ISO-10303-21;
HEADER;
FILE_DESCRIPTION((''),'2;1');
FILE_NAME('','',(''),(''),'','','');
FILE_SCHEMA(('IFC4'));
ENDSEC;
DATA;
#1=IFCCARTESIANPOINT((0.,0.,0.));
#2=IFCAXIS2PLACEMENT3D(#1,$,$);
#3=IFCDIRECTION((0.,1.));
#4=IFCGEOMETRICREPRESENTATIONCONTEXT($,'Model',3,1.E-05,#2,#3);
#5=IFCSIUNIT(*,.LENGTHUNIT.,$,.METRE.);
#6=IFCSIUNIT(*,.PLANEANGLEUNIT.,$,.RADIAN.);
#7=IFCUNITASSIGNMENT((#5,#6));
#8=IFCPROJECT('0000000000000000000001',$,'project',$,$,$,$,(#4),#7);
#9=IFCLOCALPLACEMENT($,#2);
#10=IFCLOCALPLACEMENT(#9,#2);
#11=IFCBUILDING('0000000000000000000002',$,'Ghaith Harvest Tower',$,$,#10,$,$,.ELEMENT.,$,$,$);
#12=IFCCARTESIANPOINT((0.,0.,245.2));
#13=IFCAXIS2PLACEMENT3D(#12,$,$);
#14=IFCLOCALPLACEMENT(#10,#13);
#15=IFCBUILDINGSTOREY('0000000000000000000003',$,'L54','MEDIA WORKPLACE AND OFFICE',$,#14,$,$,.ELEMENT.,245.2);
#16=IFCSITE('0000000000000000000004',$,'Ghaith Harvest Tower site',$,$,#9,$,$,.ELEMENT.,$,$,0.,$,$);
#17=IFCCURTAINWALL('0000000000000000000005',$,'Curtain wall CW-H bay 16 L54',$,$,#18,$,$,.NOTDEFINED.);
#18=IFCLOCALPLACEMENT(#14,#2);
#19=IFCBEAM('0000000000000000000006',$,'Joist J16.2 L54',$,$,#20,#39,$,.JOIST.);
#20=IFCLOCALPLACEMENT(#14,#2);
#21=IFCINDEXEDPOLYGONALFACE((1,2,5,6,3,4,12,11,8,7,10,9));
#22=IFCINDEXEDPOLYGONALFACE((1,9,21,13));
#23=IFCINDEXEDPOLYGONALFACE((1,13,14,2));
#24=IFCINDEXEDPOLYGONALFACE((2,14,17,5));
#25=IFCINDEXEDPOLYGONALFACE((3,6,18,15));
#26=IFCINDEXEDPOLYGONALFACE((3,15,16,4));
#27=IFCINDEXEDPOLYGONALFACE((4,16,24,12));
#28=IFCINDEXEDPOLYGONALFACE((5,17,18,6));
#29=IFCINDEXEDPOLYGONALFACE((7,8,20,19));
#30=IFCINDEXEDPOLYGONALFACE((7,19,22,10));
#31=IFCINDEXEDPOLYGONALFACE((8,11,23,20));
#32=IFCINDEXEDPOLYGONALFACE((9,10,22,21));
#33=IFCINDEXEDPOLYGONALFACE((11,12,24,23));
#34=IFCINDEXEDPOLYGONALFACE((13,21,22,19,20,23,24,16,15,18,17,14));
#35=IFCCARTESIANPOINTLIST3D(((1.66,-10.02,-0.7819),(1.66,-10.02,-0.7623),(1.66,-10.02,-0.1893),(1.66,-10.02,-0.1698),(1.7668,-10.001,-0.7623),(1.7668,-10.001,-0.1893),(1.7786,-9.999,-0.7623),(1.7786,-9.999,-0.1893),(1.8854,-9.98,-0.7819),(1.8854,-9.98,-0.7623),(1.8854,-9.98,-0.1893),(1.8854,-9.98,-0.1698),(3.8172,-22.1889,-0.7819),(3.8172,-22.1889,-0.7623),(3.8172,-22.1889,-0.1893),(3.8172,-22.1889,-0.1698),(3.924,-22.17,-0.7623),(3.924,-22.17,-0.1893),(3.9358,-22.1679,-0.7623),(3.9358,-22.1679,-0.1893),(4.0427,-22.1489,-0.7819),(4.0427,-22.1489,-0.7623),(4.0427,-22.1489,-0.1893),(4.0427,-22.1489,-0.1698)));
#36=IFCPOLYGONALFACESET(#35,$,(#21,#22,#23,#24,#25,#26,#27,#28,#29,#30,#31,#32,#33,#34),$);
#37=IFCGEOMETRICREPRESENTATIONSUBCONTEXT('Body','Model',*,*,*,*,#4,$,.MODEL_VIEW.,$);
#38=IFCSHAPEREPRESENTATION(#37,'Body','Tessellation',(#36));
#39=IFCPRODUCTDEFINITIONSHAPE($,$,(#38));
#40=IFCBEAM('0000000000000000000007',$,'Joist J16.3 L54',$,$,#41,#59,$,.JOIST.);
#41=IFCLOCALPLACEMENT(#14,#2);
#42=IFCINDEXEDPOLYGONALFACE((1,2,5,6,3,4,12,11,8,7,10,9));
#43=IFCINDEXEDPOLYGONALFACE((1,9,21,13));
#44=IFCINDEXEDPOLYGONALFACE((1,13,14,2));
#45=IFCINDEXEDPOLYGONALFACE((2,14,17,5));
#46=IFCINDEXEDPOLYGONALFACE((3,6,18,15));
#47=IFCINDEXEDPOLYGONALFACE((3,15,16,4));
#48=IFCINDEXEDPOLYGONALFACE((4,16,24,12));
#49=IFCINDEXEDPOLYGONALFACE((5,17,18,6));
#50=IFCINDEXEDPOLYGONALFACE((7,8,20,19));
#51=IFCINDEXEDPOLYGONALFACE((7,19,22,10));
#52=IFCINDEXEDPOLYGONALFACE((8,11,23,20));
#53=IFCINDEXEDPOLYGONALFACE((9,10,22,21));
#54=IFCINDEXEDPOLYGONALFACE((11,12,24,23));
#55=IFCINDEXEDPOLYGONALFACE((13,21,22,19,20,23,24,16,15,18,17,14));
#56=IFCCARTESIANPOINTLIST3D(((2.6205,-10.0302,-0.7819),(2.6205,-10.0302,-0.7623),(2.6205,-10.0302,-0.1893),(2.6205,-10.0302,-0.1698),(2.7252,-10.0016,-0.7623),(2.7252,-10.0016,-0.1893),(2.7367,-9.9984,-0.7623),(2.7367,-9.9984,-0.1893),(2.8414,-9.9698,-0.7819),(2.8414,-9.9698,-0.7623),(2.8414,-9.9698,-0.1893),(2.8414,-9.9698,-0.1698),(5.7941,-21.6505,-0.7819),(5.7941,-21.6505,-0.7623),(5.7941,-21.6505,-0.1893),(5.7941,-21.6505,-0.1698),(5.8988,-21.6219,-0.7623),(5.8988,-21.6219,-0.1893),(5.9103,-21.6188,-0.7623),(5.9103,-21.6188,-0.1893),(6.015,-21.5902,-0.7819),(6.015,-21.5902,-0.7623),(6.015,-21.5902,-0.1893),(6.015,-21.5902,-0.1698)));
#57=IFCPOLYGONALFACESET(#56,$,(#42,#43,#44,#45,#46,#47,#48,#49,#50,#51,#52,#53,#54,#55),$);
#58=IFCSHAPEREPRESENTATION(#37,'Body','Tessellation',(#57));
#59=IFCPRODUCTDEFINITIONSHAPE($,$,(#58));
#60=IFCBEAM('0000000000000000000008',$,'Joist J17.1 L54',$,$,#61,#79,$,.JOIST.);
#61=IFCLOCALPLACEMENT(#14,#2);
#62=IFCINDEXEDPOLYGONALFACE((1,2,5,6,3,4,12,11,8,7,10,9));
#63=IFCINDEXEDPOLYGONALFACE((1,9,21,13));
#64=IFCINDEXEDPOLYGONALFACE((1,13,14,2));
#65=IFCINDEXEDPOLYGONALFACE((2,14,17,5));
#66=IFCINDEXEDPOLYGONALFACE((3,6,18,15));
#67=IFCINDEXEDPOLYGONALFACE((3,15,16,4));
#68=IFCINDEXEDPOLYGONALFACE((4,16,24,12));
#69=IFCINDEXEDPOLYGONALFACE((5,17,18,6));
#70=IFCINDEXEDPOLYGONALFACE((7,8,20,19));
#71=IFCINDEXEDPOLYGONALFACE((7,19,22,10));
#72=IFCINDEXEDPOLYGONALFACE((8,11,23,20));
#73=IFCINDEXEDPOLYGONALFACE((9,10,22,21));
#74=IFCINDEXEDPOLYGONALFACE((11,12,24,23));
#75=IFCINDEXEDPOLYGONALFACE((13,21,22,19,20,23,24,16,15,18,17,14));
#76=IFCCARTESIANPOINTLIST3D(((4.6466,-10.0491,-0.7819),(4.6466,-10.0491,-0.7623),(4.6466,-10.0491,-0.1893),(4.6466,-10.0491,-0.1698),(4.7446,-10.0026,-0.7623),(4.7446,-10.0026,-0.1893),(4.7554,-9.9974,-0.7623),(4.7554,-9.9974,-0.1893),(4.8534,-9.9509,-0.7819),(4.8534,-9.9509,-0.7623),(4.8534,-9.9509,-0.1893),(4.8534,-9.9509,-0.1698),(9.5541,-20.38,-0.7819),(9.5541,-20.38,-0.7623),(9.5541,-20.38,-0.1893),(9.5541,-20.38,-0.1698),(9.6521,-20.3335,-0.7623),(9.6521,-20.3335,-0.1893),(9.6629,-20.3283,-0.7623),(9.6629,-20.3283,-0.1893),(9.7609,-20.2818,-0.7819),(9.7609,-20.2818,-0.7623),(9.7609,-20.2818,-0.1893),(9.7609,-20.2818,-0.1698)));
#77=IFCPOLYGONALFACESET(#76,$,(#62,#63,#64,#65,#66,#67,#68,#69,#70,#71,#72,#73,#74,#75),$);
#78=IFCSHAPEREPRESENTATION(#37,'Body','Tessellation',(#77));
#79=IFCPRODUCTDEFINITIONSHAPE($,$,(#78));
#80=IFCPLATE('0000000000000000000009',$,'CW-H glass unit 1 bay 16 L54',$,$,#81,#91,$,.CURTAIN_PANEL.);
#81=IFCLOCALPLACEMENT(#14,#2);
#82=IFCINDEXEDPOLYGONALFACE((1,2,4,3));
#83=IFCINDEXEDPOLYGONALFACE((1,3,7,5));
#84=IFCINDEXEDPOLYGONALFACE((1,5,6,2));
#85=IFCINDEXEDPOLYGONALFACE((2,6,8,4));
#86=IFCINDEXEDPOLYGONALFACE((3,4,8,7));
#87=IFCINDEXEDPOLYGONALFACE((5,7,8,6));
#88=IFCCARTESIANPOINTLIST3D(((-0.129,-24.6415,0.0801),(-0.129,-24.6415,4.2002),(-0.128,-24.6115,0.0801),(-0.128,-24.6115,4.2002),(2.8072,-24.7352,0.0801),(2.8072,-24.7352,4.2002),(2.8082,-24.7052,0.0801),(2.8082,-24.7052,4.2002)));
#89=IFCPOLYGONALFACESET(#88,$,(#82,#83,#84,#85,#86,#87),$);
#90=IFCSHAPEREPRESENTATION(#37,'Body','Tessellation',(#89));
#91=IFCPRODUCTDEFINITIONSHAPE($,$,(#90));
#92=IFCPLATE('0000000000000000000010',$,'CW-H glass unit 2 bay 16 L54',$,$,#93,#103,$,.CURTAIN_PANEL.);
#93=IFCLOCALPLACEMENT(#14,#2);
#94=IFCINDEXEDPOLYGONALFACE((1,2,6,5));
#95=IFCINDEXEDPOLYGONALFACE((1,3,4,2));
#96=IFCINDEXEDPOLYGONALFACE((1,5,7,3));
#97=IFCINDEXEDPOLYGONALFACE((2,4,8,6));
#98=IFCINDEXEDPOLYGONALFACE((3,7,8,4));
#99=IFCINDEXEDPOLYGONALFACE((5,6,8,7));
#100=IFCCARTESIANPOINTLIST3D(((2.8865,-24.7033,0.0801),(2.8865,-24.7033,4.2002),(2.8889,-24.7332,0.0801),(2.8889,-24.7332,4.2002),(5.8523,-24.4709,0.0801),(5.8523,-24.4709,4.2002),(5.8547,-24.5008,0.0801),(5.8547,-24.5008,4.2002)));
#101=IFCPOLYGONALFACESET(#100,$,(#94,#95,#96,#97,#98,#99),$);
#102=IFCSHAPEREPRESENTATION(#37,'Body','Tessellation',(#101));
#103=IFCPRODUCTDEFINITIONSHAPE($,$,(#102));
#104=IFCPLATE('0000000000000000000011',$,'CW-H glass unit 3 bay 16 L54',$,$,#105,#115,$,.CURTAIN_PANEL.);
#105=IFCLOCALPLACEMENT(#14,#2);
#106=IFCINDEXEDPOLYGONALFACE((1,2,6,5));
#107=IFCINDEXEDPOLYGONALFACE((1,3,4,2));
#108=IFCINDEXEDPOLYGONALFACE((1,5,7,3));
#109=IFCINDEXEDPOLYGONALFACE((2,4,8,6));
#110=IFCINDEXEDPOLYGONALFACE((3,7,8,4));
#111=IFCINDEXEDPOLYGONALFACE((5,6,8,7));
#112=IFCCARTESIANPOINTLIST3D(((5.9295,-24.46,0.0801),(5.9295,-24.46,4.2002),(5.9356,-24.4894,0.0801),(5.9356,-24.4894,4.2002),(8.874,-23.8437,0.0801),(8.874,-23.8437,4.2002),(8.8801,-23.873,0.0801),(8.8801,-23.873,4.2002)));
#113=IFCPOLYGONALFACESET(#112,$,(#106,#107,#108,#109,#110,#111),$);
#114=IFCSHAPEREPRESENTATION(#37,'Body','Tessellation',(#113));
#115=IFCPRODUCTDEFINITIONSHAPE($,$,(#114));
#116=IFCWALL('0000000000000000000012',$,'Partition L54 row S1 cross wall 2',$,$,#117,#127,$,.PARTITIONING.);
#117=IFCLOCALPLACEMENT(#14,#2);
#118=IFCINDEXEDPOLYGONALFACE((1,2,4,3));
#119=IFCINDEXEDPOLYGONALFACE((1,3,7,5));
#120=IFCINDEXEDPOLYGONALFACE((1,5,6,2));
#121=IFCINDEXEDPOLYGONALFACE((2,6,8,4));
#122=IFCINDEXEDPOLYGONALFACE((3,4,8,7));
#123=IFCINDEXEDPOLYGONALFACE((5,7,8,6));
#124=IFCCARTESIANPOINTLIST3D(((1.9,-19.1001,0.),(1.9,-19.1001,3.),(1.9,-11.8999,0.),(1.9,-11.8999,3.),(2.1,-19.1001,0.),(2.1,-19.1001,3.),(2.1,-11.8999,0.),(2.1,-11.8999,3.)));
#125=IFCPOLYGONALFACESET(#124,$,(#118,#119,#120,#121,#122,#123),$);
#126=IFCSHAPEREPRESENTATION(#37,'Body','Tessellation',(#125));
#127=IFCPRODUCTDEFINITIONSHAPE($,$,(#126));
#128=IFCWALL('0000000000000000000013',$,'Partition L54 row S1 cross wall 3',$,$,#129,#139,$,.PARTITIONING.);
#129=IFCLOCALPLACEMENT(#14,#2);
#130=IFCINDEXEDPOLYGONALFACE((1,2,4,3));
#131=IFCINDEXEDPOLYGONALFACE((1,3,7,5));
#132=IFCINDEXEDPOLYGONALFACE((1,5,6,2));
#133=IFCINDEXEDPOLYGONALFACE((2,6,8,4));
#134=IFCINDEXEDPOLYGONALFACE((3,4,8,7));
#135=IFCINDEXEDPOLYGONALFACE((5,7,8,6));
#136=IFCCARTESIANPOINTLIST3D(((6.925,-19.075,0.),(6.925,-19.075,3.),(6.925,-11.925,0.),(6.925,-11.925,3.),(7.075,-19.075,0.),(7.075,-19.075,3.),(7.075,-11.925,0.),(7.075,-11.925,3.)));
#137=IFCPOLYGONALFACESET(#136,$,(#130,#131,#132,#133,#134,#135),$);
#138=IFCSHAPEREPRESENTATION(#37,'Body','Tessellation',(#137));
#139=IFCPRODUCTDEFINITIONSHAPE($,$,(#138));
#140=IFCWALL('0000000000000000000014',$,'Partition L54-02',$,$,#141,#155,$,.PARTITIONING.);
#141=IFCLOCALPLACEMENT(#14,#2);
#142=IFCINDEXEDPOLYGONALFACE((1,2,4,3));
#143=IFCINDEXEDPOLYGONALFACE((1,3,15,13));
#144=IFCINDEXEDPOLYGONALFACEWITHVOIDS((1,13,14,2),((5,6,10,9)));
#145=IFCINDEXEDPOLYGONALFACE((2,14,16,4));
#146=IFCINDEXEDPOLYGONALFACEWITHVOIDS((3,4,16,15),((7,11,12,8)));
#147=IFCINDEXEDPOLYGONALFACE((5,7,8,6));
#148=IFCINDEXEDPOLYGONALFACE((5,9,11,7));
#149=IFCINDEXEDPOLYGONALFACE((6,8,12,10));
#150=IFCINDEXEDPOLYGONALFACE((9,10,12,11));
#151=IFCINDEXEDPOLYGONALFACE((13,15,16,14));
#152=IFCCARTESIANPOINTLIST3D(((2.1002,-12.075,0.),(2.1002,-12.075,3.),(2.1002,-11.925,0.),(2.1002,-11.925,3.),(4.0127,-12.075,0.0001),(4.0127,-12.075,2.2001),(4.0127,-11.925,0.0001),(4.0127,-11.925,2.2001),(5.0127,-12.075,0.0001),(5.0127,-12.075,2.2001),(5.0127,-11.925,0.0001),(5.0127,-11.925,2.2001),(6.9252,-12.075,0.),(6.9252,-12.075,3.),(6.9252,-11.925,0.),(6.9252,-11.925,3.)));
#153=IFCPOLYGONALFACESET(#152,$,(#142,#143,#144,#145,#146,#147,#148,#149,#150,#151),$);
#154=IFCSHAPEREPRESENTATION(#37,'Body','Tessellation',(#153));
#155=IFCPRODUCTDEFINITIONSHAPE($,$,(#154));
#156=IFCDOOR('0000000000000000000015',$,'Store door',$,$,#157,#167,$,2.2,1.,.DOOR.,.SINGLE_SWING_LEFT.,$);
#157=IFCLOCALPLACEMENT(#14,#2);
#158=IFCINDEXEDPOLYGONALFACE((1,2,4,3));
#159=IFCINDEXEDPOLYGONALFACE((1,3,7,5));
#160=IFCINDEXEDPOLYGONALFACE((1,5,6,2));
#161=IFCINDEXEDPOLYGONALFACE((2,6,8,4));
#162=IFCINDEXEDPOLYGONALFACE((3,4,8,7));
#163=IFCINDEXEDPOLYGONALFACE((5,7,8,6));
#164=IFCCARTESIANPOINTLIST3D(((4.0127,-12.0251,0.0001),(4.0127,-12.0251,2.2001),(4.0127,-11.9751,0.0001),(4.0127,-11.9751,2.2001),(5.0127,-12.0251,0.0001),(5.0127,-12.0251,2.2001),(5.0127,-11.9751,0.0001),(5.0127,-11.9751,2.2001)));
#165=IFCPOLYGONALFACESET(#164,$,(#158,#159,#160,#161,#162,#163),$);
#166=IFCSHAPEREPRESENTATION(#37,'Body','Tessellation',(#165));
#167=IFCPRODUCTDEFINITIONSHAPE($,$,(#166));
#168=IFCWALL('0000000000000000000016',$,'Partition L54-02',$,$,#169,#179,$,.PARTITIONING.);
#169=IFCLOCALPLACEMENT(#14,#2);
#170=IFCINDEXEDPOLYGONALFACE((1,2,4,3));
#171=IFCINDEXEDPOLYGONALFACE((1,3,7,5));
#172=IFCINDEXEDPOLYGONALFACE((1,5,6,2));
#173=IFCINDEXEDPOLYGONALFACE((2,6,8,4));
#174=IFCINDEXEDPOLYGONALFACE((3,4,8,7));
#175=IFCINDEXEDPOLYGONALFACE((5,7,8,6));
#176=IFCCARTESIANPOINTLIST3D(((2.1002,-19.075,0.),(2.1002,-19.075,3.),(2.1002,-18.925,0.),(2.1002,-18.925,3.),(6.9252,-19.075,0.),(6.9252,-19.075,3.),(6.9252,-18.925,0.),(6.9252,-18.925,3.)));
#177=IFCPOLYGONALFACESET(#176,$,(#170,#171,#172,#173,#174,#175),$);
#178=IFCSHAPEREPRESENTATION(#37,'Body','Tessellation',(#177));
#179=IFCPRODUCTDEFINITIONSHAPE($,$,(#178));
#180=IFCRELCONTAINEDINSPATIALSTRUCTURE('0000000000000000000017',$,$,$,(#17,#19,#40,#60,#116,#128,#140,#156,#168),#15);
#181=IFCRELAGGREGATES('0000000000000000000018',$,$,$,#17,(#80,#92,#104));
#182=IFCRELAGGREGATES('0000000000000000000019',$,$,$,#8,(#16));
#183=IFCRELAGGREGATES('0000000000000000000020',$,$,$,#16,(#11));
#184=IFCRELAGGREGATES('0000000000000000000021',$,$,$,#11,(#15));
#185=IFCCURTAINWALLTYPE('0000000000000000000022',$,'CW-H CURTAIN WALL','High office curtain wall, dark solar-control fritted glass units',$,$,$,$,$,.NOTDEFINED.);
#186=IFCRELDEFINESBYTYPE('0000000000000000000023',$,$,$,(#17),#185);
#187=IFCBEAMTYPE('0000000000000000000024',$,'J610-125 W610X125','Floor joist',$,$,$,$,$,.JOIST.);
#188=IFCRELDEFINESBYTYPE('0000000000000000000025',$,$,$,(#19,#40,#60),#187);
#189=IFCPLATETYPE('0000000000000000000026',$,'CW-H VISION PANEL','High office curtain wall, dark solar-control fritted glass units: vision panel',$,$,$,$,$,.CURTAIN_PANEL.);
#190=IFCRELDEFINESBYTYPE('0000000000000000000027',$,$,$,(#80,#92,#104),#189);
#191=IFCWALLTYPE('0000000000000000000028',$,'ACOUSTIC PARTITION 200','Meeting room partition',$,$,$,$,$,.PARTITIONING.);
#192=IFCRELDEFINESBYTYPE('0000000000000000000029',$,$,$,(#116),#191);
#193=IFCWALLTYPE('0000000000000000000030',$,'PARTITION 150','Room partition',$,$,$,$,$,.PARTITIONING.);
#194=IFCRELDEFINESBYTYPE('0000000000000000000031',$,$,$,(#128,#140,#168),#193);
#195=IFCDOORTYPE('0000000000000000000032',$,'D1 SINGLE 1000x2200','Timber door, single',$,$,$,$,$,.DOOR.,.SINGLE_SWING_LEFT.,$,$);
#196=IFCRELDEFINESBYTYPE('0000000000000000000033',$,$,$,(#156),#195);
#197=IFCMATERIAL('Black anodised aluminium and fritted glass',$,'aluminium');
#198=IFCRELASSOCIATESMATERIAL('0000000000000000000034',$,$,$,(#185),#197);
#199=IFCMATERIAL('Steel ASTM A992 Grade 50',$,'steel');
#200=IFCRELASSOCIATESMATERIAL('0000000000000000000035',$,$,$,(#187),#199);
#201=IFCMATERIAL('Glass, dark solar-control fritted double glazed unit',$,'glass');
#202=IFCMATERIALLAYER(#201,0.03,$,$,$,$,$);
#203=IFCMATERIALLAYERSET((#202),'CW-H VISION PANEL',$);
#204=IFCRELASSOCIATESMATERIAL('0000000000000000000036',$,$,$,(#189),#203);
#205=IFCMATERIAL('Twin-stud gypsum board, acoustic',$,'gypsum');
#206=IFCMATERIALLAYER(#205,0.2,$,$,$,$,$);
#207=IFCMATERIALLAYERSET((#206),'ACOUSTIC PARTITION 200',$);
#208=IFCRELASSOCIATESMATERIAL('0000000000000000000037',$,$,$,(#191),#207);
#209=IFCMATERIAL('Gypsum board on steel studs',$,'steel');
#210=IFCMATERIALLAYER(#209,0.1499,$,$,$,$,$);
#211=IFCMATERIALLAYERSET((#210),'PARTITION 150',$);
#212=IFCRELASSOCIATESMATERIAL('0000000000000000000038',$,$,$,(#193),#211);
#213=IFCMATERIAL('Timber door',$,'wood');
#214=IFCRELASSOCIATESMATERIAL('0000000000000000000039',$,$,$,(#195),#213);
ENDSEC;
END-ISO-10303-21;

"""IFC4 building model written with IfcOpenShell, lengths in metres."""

from ifc_helpers import new_model, si_unit, direction, frame, frame_2d, origin, origin_2d, place, context, subcontext, project, spatial, rectangle, i_section, extrude, material, layer, layer_set, material_profile, profile_set, type_object, element, fill, aggregate, save


model = new_model("IFC4")

# Units and contexts
model_context = context("Model", 3, precision=1e-05, world=origin(), true_north=direction((0.0, 1.0)))
body_context = subcontext(model_context, "Body", "Model", "MODEL_VIEW")
ifc_project = project(units=[si_unit("LENGTHUNIT", "METRE"), si_unit("PLANEANGLEUNIT", "RADIAN")], contexts=[model_context])

# Site, building, storey
site_placement = place(None, origin())
site = spatial("IfcSite", under=ifc_project, at=site_placement, Name="Ghaith Harvest Tower site", CompositionType="ELEMENT", RefElevation=0.0)
building_placement = place(site_placement, origin())
building = spatial("IfcBuilding", under=site, at=building_placement, Name="Ghaith Harvest Tower", CompositionType="ELEMENT")
storey_placement = place(building_placement, frame((0.0, 0.0, 245.2)))
storey = spatial("IfcBuildingStorey", under=building, at=storey_placement, Name="L54", Description="MEDIA WORKPLACE AND OFFICE", CompositionType="ELEMENT", Elevation=245.2)

# Curtain wall
ifc_material_1 = material(Name="Black anodised aluminium and fritted glass", Category="aluminium")
curtain_wall_type = type_object("IfcCurtainWallType", Name="CW-H CURTAIN WALL", Description="High office curtain wall, dark solar-control fritted glass units", PredefinedType="NOTDEFINED", material=ifc_material_1)
curtain_wall_1_placement = place(storey_placement, origin())
curtain_wall_1 = element("IfcCurtainWall", 1, at=curtain_wall_1_placement, inside=storey, type_object=curtain_wall_type, Name="Curtain wall CW-H bay 16 L54", PredefinedType="NOTDEFINED")

# Beams
ifc_material_2 = material(Name="Steel ASTM A992 Grade 50", Category="steel")
ifc_material_profile_1 = material_profile(ifc_material_2, i_section(OverallWidth=0.229, OverallDepth=0.6121, WebThickness=0.012, FlangeThickness=0.0195, at=origin_2d()), Name="W610X125")
ifc_profile_set_1 = profile_set([ifc_material_profile_1], Name="Steel ASTM A992 Grade 50")
beam_type_1 = type_object("IfcBeamType", Name="J610-125 W610X125", Description="Floor joist", PredefinedType="JOIST", material=ifc_profile_set_1)
beam_1_placement = place(storey_placement, frame((1.7727, -10.0, -0.4758), z_axis=(0.174552, -0.984648, 0.0), x_axis=(0.984648, 0.174552, 0.0)))
element("IfcBeam", 2, at=beam_1_placement, inside=storey, type_object=beam_type_1, Name="Joist J16.2 L54", PredefinedType="JOIST", context=body_context, shape_type="SweptSolid", body=[
    extrude(i_section(OverallWidth=0.229, OverallDepth=0.6121, WebThickness=0.012, FlangeThickness=0.0195, at=origin_2d()), origin(), (0.0, 0.0, 1.0), 12.3586),
])
beam_2_placement = place(storey_placement, frame((2.731, -10.0, -0.4758), z_axis=(0.263457, -0.964671, 0.0), x_axis=(0.964671, 0.263457, 0.0)))
element("IfcBeam", 3, at=beam_2_placement, inside=storey, type_object=beam_type_1, Name="Joist J16.3 L54", PredefinedType="JOIST", context=body_context, shape_type="SweptSolid", body=[
    extrude(i_section(OverallWidth=0.229, OverallDepth=0.6121, WebThickness=0.012, FlangeThickness=0.0195, at=origin_2d()), origin(), (0.0, 0.0, 1.0), 12.0459),
])
beam_3_placement = place(storey_placement, frame((4.75, -10.0, -0.4758), z_axis=(0.429081, -0.903266, 0.0), x_axis=(0.903266, 0.429081, 0.0)))
element("IfcBeam", 4, at=beam_3_placement, inside=storey, type_object=beam_type_1, Name="Joist J17.1 L54", PredefinedType="JOIST", context=body_context, shape_type="SweptSolid", body=[
    extrude(i_section(OverallWidth=0.229, OverallDepth=0.6121, WebThickness=0.012, FlangeThickness=0.0195, at=origin_2d()), origin(), (0.0, 0.0, 1.0), 11.4373),
])

# Plates
ifc_material_3 = material(Name="Glass, dark solar-control fritted double glazed unit", Category="glass")
ifc_layer_1 = layer(ifc_material_3, 0.03)
ifc_layer_set_1 = layer_set([ifc_layer_1], Name="CW-H VISION PANEL")
plate_type = type_object("IfcPlateType", Name="CW-H VISION PANEL", Description="High office curtain wall, dark solar-control fritted glass units: vision panel", PredefinedType="CURTAIN_PANEL", material=ifc_layer_set_1)
plate_1_placement = place(storey_placement, frame((1.3396, -24.6733, 0.0801), z_axis=(0.0, 0.0, 1.0), x_axis=(0.999491, -0.031894, 0.0)))
plate_1 = element("IfcPlate", 5, at=plate_1_placement, type_object=plate_type, Name="CW-H glass unit 1 bay 16 L54", PredefinedType="CURTAIN_PANEL", context=body_context, shape_type="SweptSolid", body=[
    extrude(rectangle(XDim=2.9377, YDim=0.03, at=origin_2d()), origin(), (0.0, 0.0, 1.0), 4.1201),
])
plate_2_placement = place(storey_placement, frame((4.3706, -24.6021, 0.0801), z_axis=(0.0, 0.0, 1.0), x_axis=(0.996945, 0.078101, 0.0)))
plate_2 = element("IfcPlate", 6, at=plate_2_placement, type_object=plate_type, Name="CW-H glass unit 2 bay 16 L54", PredefinedType="CURTAIN_PANEL", context=body_context, shape_type="SweptSolid", body=[
    extrude(rectangle(XDim=2.9749, YDim=0.03, at=origin_2d()), origin(), (0.0, 0.0, 1.0), 4.1201),
])
plate_3_placement = place(storey_placement, frame((7.4048, -24.1665, 0.0801), z_axis=(0.0, 0.0, 1.0), x_axis=(0.978789, 0.204872, 0.0)))
plate_3 = element("IfcPlate", 7, at=plate_3_placement, type_object=plate_type, Name="CW-H glass unit 3 bay 16 L54", PredefinedType="CURTAIN_PANEL", context=body_context, shape_type="SweptSolid", body=[
    extrude(rectangle(XDim=3.0083, YDim=0.03, at=origin_2d()), origin(), (0.0, 0.0, 1.0), 4.1201),
])
aggregate(curtain_wall_1, [plate_1, plate_2, plate_3])

# Walls
ifc_material_4 = material(Name="Twin-stud gypsum board, acoustic", Category="gypsum")
ifc_layer_2 = layer(ifc_material_4, 0.2)
ifc_layer_set_2 = layer_set([ifc_layer_2], Name="ACOUSTIC PARTITION 200")
wall_type_1 = type_object("IfcWallType", Name="ACOUSTIC PARTITION 200", Description="Meeting room partition", PredefinedType="PARTITIONING", material=ifc_layer_set_2)
wall_1_placement = place(storey_placement, frame((2.0, -11.8999, 0.0), z_axis=(0.0, 0.0, 1.0), x_axis=(0.0, -1.0, 0.0)))
element("IfcWall", 8, at=wall_1_placement, inside=storey, type_object=wall_type_1, Name="Partition L54 row S1 cross wall 2", PredefinedType="PARTITIONING", context=body_context, shape_type="SweptSolid", body=[
    extrude(rectangle(XDim=7.2002, YDim=0.2, at=frame_2d((3.6001, 0.0))), origin(), (0.0, 0.0, 1.0), 3.0),
])
ifc_material_5 = material(Name="Gypsum board on steel studs", Category="steel")
ifc_layer_3 = layer(ifc_material_5, 0.1499)
ifc_layer_set_3 = layer_set([ifc_layer_3], Name="PARTITION 150")
wall_type_2 = type_object("IfcWallType", Name="PARTITION 150", Description="Room partition", PredefinedType="PARTITIONING", material=ifc_layer_set_3)
wall_2_placement = place(storey_placement, frame((7.0, -11.925, 0.0), z_axis=(0.0, 0.0, 1.0), x_axis=(0.0, -1.0, 0.0)))
element("IfcWall", 9, at=wall_2_placement, inside=storey, type_object=wall_type_2, Name="Partition L54 row S1 cross wall 3", PredefinedType="PARTITIONING", context=body_context, shape_type="SweptSolid", body=[
    extrude(rectangle(XDim=7.1499, YDim=0.1499, at=frame_2d((3.575, 0.0))), origin(), (0.0, 0.0, 1.0), 3.0),
])

# Wall, opening, door
wall_3_placement = place(storey_placement, frame((2.1001, -12.0, 0.0), z_axis=(0.0, 0.0, 1.0), x_axis=(1.0, 0.0, 0.0)))
wall_3 = element("IfcWall", 10, at=wall_3_placement, inside=storey, type_object=wall_type_2, Name="Partition L54-02", PredefinedType="PARTITIONING", context=body_context, shape_type="SweptSolid", body=[
    extrude(rectangle(XDim=4.825, YDim=0.1499, at=frame_2d((2.4126, 0.0))), origin(), (0.0, 0.0, 1.0), 3.0),
])
opening_1_placement = place(wall_3_placement, frame((1.9126, 0.0, 0.0)))
opening_1 = element("IfcOpeningElement", 11, at=opening_1_placement, cuts=wall_3, PredefinedType="OPENING", context=body_context, shape_type="SweptSolid", body=[
    extrude(rectangle(XDim=1.0, YDim=2.2, at=frame_2d((0.5, 1.1001))), frame((0.0, 0.085, 0.0), z_axis=(0.0, -1.0, 0.0), x_axis=(1.0, 0.0, 0.0)), (0.0, 0.0, 1.0), 0.1699),
])
ifc_material_6 = material(Name="Timber door", Category="wood")
door_type_1 = type_object("IfcDoorType", Name="D1 SINGLE 1000x2200", Description="Timber door, single", OperationType="SINGLE_SWING_LEFT", PredefinedType="DOOR", material=ifc_material_6)
door_1_placement = place(opening_1_placement, origin())
door_1 = element("IfcDoor", 12, at=door_1_placement, inside=storey, type_object=door_type_1, Name="Store door", OperationType="SINGLE_SWING_LEFT", OverallHeight=2.2, OverallWidth=1.0, PredefinedType="DOOR", context=body_context, shape_type="SweptSolid", body=[
    extrude(rectangle(XDim=1.0, YDim=2.2, at=frame_2d((0.5, 1.1001))), frame((0.0, 0.0249, 0.0), z_axis=(0.0, -1.0, 0.0), x_axis=(1.0, 0.0, 0.0)), (0.0, 0.0, 1.0), 0.05),
])
fill(opening_1, door_1)

# Wall
wall_4_placement = place(storey_placement, frame((2.1001, -19.0, 0.0), z_axis=(0.0, 0.0, 1.0), x_axis=(1.0, 0.0, 0.0)))
element("IfcWall", 13, at=wall_4_placement, inside=storey, type_object=wall_type_2, Name="Partition L54-02", PredefinedType="PARTITIONING", context=body_context, shape_type="SweptSolid", body=[
    extrude(rectangle(XDim=4.825, YDim=0.1499, at=frame_2d((2.4126, 0.0))), origin(), (0.0, 0.0, 1.0), 3.0),
])

save(model, "model.ifc")
